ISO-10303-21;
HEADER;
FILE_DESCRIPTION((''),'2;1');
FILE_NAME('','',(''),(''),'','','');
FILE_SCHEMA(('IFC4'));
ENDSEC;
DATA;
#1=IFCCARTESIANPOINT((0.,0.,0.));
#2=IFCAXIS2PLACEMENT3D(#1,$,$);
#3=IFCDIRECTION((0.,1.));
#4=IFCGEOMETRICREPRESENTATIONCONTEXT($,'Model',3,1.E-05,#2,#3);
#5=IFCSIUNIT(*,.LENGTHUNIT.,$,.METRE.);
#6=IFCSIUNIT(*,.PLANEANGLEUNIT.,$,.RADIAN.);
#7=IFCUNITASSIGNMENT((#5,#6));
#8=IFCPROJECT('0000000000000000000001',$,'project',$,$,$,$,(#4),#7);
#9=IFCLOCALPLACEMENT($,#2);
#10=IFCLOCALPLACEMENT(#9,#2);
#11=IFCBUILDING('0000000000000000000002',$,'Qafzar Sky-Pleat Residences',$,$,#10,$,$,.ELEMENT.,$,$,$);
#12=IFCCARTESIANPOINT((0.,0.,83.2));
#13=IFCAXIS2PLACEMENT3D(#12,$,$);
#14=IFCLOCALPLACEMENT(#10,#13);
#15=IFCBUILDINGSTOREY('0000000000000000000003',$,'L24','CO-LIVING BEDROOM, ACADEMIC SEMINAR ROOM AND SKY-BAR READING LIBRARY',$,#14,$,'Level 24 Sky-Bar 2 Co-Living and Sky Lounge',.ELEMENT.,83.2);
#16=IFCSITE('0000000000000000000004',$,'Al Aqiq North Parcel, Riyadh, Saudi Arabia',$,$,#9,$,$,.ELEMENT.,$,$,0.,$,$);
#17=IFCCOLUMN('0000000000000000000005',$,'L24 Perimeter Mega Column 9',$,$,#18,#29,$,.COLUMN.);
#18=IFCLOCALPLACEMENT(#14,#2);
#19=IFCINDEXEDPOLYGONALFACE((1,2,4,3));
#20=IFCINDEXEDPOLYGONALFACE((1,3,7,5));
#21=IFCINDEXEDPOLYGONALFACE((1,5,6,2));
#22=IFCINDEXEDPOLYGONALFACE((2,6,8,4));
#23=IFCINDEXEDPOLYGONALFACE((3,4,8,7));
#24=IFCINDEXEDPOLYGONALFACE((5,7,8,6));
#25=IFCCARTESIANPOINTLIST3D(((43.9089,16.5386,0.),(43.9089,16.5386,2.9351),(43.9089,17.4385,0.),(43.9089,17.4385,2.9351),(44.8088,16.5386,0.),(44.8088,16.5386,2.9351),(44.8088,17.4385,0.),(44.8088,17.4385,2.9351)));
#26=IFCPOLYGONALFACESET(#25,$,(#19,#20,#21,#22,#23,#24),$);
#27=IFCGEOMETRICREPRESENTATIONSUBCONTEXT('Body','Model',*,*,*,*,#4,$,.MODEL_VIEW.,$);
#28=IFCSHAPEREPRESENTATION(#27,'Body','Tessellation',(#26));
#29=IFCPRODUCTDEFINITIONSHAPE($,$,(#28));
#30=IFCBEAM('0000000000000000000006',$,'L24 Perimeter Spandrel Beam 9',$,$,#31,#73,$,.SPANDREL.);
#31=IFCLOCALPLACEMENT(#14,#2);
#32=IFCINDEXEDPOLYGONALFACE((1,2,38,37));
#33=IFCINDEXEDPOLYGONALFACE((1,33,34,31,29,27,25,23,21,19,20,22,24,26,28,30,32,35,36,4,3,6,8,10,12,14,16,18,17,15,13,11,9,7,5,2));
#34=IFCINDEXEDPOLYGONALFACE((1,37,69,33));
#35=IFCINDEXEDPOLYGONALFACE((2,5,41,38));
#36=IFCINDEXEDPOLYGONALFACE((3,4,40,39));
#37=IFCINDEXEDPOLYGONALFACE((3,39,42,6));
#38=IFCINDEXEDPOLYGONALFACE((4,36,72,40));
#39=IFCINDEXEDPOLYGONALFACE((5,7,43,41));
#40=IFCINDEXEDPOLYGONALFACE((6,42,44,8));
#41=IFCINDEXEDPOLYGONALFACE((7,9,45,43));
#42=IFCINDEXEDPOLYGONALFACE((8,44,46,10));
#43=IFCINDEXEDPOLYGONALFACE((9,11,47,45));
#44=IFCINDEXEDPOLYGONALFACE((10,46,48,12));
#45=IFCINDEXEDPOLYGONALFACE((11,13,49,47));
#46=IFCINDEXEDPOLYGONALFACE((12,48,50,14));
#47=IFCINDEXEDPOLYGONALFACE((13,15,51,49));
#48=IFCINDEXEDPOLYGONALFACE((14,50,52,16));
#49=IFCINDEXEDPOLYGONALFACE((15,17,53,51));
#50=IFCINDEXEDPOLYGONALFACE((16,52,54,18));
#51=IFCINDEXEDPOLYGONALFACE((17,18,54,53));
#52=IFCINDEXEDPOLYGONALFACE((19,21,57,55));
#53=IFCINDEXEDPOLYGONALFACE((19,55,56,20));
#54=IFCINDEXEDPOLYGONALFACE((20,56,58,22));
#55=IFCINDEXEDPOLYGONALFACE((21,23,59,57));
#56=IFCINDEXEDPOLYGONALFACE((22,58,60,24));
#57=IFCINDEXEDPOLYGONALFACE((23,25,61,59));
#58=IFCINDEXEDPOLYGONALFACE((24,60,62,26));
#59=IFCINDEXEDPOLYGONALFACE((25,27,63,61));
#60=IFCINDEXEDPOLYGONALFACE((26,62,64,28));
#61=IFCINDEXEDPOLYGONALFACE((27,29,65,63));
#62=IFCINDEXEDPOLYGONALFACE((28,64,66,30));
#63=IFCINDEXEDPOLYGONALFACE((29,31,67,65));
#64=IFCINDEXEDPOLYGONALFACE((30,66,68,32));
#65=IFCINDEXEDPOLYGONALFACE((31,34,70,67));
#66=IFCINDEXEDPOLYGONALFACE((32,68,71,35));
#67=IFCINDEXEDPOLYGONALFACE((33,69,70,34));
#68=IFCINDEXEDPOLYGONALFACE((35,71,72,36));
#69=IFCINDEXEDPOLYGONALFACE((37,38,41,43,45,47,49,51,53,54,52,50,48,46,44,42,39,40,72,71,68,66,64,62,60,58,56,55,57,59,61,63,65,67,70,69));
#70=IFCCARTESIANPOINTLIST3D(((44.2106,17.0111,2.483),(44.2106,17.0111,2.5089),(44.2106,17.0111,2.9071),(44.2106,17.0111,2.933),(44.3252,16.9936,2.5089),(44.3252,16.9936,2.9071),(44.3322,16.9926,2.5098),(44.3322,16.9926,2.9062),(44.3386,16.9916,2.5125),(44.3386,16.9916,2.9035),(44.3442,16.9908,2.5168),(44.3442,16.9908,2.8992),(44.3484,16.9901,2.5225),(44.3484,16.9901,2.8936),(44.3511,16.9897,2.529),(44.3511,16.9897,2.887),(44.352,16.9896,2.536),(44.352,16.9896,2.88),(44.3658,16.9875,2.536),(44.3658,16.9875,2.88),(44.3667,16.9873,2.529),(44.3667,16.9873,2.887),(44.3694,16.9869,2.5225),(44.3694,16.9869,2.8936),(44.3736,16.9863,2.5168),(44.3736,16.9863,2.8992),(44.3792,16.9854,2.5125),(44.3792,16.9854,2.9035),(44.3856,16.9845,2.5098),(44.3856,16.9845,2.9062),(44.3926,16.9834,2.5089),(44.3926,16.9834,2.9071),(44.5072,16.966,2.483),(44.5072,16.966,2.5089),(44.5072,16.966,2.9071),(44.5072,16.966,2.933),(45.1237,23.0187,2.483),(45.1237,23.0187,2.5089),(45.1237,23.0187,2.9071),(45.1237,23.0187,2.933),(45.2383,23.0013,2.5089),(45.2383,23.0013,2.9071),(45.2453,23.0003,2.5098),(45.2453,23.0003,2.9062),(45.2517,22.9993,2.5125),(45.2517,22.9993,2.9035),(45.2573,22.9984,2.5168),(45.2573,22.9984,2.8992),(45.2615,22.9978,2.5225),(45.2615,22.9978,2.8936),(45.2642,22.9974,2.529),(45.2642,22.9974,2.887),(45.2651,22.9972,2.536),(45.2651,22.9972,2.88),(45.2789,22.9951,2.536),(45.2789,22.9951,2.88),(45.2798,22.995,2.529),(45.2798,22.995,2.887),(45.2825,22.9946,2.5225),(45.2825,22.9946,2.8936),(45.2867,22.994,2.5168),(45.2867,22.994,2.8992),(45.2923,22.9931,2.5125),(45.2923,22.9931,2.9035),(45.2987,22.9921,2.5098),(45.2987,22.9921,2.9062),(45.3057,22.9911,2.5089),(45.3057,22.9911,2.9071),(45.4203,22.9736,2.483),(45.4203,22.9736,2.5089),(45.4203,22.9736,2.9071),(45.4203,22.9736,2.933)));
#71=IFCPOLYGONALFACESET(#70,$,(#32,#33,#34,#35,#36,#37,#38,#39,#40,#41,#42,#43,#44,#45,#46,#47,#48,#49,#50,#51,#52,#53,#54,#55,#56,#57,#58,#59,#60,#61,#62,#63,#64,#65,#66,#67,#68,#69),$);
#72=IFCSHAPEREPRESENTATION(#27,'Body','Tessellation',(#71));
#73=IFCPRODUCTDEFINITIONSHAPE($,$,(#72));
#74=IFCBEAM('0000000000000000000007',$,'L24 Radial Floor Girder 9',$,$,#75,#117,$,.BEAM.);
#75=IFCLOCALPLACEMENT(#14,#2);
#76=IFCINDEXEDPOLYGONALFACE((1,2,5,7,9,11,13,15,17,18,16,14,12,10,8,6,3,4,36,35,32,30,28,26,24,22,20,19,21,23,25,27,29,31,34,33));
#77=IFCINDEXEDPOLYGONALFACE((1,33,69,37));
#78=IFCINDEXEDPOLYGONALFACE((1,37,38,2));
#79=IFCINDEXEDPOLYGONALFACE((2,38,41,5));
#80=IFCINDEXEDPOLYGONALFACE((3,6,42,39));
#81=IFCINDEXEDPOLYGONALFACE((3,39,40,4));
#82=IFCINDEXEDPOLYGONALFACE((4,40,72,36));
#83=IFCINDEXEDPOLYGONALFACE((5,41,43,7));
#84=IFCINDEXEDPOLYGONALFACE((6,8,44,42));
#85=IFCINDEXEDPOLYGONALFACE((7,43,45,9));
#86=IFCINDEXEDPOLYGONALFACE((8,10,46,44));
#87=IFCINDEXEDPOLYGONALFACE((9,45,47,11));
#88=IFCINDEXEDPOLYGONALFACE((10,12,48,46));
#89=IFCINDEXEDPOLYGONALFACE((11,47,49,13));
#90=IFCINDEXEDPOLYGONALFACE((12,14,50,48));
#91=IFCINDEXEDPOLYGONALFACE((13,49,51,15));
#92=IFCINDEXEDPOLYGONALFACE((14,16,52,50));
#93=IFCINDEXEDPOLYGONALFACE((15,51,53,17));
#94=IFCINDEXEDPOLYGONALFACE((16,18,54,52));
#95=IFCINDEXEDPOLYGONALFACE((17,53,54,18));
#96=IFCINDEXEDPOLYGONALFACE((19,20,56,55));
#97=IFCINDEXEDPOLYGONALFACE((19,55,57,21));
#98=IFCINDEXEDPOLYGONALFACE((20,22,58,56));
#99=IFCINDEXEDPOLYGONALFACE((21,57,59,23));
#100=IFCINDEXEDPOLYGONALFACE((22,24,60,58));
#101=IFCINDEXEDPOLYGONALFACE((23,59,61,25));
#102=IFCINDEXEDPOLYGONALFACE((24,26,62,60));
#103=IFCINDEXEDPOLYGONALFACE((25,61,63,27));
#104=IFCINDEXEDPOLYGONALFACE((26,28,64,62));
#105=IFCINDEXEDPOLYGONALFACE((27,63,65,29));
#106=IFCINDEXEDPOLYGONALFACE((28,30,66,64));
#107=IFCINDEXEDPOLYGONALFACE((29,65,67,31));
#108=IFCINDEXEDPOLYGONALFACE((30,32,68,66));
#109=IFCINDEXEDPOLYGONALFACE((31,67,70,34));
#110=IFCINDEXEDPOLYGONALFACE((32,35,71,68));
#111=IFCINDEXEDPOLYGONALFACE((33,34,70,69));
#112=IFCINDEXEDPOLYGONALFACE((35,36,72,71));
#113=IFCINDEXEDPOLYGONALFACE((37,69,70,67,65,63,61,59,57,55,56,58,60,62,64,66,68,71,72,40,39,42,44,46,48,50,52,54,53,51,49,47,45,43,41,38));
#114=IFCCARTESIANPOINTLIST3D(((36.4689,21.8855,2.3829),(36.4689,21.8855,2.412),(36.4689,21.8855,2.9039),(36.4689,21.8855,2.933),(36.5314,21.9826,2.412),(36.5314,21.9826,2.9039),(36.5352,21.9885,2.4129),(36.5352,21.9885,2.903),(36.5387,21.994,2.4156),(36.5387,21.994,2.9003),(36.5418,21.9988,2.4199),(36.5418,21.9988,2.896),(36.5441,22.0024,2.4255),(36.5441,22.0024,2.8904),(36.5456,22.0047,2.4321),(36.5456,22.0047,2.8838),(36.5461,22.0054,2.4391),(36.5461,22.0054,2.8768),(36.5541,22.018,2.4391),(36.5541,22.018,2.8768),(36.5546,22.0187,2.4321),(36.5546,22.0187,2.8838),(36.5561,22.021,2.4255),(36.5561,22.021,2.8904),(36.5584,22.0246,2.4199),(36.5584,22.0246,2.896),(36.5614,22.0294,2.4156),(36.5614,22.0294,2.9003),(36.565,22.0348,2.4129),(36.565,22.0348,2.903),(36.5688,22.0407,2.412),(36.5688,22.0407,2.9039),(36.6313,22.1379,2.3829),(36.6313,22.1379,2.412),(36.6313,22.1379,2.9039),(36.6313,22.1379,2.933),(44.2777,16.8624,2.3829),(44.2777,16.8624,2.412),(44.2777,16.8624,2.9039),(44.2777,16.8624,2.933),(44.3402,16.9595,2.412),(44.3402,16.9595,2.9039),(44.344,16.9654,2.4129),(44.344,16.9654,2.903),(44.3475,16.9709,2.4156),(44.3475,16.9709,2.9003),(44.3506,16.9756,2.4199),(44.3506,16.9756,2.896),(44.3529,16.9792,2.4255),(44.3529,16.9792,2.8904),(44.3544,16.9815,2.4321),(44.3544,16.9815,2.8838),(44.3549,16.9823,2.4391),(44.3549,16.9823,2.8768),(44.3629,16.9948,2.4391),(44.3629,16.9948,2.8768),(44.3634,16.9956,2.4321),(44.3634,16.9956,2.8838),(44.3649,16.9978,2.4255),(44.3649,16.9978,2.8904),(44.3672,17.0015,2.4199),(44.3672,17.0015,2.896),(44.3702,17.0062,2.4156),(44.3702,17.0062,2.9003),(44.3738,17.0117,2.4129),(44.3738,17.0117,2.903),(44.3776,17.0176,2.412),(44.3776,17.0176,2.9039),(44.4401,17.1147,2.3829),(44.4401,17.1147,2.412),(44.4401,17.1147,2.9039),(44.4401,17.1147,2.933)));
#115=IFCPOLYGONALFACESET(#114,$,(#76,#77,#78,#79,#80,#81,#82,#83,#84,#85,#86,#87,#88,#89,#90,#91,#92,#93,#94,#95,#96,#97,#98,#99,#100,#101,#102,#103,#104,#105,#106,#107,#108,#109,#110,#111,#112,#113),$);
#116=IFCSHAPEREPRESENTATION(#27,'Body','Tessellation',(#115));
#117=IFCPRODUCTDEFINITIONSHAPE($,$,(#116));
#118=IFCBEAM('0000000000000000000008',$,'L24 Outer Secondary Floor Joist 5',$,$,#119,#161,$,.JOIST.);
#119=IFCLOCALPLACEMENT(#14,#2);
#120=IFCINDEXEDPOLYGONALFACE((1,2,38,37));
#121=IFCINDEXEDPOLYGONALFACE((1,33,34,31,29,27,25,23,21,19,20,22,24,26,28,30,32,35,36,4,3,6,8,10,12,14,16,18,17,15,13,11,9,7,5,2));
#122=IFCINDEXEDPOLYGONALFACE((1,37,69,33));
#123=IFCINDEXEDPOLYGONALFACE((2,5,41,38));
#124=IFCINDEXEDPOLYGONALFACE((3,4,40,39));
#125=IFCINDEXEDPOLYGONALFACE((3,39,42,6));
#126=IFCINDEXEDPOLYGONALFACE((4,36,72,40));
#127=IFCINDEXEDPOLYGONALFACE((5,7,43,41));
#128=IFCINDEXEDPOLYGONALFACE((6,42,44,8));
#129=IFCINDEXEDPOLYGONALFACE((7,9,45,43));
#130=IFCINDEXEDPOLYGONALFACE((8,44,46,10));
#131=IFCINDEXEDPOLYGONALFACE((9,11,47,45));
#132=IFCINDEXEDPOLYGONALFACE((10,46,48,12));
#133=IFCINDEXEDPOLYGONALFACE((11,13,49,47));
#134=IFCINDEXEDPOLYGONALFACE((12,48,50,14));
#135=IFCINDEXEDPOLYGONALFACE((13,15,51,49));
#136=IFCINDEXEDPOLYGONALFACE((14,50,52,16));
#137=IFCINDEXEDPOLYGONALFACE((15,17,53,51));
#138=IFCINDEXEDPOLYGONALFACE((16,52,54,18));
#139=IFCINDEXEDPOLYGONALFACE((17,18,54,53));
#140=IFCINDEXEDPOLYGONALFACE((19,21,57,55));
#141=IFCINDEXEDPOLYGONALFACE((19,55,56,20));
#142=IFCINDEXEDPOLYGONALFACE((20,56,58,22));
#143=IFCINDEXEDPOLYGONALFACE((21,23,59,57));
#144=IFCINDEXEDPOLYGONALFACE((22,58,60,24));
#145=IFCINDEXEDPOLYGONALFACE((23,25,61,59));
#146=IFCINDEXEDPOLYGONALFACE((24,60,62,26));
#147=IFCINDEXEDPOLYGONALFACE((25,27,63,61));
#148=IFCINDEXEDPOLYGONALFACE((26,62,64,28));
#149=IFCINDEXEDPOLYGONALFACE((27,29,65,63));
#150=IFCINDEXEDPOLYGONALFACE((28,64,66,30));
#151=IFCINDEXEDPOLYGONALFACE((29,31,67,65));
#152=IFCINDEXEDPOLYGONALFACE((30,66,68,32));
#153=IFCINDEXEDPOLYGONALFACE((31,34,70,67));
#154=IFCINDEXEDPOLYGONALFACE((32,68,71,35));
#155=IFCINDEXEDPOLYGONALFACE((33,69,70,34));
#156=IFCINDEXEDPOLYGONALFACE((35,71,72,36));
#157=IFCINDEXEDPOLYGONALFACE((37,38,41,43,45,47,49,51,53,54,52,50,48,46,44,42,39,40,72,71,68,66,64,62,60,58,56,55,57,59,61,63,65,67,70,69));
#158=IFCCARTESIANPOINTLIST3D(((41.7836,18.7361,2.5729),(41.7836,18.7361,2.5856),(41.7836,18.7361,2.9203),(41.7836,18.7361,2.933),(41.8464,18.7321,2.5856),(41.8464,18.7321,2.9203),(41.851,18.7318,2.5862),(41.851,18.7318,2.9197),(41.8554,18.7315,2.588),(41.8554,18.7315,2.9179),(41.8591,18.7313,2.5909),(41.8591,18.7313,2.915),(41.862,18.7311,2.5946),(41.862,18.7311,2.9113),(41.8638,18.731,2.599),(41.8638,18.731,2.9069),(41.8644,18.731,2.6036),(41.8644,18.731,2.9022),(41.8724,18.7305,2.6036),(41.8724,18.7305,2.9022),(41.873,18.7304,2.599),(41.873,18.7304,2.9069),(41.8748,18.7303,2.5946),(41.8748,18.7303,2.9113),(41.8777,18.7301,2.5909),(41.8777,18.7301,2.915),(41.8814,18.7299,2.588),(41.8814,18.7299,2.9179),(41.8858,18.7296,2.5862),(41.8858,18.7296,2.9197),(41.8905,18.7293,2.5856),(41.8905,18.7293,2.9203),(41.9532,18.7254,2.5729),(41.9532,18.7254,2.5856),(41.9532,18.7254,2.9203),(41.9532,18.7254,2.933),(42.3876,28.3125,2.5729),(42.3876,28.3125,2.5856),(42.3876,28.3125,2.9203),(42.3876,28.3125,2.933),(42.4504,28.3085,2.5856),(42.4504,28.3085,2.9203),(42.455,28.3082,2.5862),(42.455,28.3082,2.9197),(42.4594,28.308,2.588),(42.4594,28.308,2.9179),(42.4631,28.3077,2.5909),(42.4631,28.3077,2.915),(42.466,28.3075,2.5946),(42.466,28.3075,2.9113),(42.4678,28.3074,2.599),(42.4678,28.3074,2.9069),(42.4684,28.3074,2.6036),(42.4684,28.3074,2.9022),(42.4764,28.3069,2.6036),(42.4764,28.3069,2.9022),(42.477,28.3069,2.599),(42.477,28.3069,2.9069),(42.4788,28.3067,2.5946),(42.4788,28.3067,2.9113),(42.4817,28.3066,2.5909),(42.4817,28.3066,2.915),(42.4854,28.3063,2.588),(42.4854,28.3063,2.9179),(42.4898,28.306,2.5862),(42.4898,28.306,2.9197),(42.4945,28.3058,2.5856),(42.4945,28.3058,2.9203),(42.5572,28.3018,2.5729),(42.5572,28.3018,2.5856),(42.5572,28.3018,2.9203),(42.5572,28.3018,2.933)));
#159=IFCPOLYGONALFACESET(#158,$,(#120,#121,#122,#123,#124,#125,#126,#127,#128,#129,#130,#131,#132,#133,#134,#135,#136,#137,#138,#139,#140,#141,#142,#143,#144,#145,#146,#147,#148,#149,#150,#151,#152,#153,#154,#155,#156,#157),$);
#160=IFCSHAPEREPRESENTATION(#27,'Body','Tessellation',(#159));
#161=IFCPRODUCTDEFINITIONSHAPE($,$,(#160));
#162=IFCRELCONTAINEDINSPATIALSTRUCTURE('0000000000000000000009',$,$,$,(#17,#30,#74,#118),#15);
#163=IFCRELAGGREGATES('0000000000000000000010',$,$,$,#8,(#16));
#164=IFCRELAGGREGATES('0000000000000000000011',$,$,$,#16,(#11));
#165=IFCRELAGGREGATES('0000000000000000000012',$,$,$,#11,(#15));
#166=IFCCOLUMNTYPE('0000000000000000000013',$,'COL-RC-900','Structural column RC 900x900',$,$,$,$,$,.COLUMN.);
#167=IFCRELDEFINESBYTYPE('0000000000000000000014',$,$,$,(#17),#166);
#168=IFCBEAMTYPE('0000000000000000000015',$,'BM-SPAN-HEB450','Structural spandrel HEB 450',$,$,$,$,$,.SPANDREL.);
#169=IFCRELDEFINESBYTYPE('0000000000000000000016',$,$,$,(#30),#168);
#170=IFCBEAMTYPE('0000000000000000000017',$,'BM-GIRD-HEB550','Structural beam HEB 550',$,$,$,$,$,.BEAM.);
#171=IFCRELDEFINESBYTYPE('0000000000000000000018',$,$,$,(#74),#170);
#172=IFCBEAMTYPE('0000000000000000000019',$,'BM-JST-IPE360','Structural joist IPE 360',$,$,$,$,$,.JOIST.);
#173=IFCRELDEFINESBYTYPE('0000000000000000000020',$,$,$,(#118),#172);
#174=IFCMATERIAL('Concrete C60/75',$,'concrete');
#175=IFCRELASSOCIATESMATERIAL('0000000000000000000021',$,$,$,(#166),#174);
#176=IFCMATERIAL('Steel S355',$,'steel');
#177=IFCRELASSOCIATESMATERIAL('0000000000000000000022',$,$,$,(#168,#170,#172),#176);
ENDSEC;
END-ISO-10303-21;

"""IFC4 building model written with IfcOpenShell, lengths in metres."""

from ifc_helpers import new_model, si_unit, direction, frame, origin, origin_2d, place, context, subcontext, project, spatial, rectangle, i_section, extrude, source, transform, mapped, material, material_profile, profile_set, type_object, element, save


model = new_model("IFC4")

# Units and contexts
model_context = context("Model", 3, precision=1e-05, world=origin(), true_north=direction((0.0, 1.0)))
body_context = subcontext(model_context, "Body", "Model", "MODEL_VIEW")
ifc_project = project(units=[si_unit("LENGTHUNIT", "METRE"), si_unit("PLANEANGLEUNIT", "RADIAN")], contexts=[model_context])

# Site, building, storey
site_placement = place(None, origin())
site = spatial("IfcSite", under=ifc_project, at=site_placement, Name="Al Aqiq North Parcel, Riyadh, Saudi Arabia", CompositionType="ELEMENT", RefElevation=0.0)
building_placement = place(site_placement, origin())
building = spatial("IfcBuilding", under=site, at=building_placement, Name="Qafzar Sky-Pleat Residences", CompositionType="ELEMENT")
storey_placement = place(building_placement, frame((0.0, 0.0, 83.2)))
storey = spatial("IfcBuildingStorey", under=building, at=storey_placement, Name="L24", Description="CO-LIVING BEDROOM, ACADEMIC SEMINAR ROOM AND SKY-BAR READING LIBRARY", LongName="Level 24 Sky-Bar 2 Co-Living and Sky Lounge", CompositionType="ELEMENT", Elevation=83.2)

# Column
ifc_material_1 = material(Name="Concrete C60/75", Category="concrete")
ifc_material_profile_1 = material_profile(ifc_material_1, rectangle(XDim=0.8999, YDim=0.8999, at=origin_2d()), Name="RC 900x900")
ifc_profile_set_1 = profile_set([ifc_material_profile_1], Name="Concrete C60/75")
column_type = type_object("IfcColumnType", Name="COL-RC-900", Description="Structural column RC 900x900", PredefinedType="COLUMN", material=ifc_profile_set_1)
shared_shape_1 = source(origin(), body_context, "Body", "SweptSolid", [
    extrude(rectangle(XDim=0.8999, YDim=0.8999, at=origin_2d()), origin(), (0.0, 0.0, 1.0), 2.9351),
])
column_placement = place(storey_placement, frame((44.3589, 16.9885, 0.0), z_axis=(0.0, 0.0, 1.0), x_axis=(1.0, 0.0, 0.0)))
element("IfcColumn", 1, at=column_placement, inside=storey, type_object=column_type, Name="L24 Perimeter Mega Column 9", PredefinedType="COLUMN", context=body_context, shape_type="MappedRepresentation", body=[
    mapped(shared_shape_1, transform((0.0, 0.0, 0.0), x_axis=(1.0, 0.0, 0.0), y_axis=(0.0, 1.0, 0.0), z_axis=(0.0, 0.0, 1.0), scale=1.0)),
])

# Beams
ifc_material_2 = material(Name="Steel S355", Category="steel")
ifc_material_profile_2 = material_profile(ifc_material_2, i_section(OverallWidth=0.3, OverallDepth=0.45, WebThickness=0.0139, FlangeThickness=0.0259, FilletRadius=0.0271, at=origin_2d()), Name="HEB 450")
ifc_profile_set_2 = profile_set([ifc_material_profile_2], Name="Steel S355")
beam_type_1 = type_object("IfcBeamType", Name="BM-SPAN-HEB450", Description="Structural spandrel HEB 450", PredefinedType="SPANDREL", material=ifc_profile_set_2)
shared_shape_2 = source(origin(), body_context, "Body", "SweptSolid", [
    extrude(i_section(OverallWidth=0.3, OverallDepth=0.45, WebThickness=0.0139, FlangeThickness=0.0259, FilletRadius=0.0271, at=origin_2d()), origin(), (0.0, 0.0, 1.0), 6.0767),
])
beam_1_placement = place(storey_placement, frame((44.3589, 16.9885, 2.708), z_axis=(0.150264, 0.988646, 0.0), x_axis=(-0.988646, 0.150264, 0.0)))
element("IfcBeam", 2, at=beam_1_placement, inside=storey, type_object=beam_type_1, Name="L24 Perimeter Spandrel Beam 9", PredefinedType="SPANDREL", context=body_context, shape_type="MappedRepresentation", body=[
    mapped(shared_shape_2, transform((0.0, 0.0, 0.0), x_axis=(1.0, 0.0, 0.0), y_axis=(0.0, 1.0, 0.0), z_axis=(0.0, 0.0, 1.0), scale=1.0)),
])
ifc_material_profile_3 = material_profile(ifc_material_2, i_section(OverallWidth=0.3, OverallDepth=0.55, WebThickness=0.0149, FlangeThickness=0.0291, FilletRadius=0.0271, at=origin_2d()), Name="HEB 550")
ifc_profile_set_3 = profile_set([ifc_material_profile_3], Name="Steel S355")
beam_type_2 = type_object("IfcBeamType", Name="BM-GIRD-HEB550", Description="Structural beam HEB 550", PredefinedType="BEAM", material=ifc_profile_set_3)
shared_shape_3 = source(origin(), body_context, "Body", "SweptSolid", [
    extrude(i_section(OverallWidth=0.3, OverallDepth=0.55, WebThickness=0.0149, FlangeThickness=0.0291, FilletRadius=0.0271, at=origin_2d()), origin(), (0.0, 0.0, 1.0), 9.2849),
])
beam_2_placement = place(storey_placement, frame((44.3589, 16.9885, 2.658), z_axis=(-0.84102, 0.541003, 0.0), x_axis=(-0.541003, -0.84102, 0.0)))
element("IfcBeam", 3, at=beam_2_placement, inside=storey, type_object=beam_type_2, Name="L24 Radial Floor Girder 9", PredefinedType="BEAM", context=body_context, shape_type="MappedRepresentation", body=[
    mapped(shared_shape_3, transform((0.0, 0.0, 0.0), x_axis=(1.0, 0.0, 0.0), y_axis=(0.0, 1.0, 0.0), z_axis=(0.0, 0.0, 1.0), scale=1.0)),
])
ifc_material_profile_4 = material_profile(ifc_material_2, i_section(OverallWidth=0.1699, OverallDepth=0.3601, WebThickness=0.0081, FlangeThickness=0.0127, FilletRadius=0.0181, at=origin_2d()), Name="IPE 360")
ifc_profile_set_4 = profile_set([ifc_material_profile_4], Name="Steel S355")
beam_type_3 = type_object("IfcBeamType", Name="BM-JST-IPE360", Description="Structural joist IPE 360", PredefinedType="JOIST", material=ifc_profile_set_4)
shared_shape_4 = source(origin(), body_context, "Body", "SweptSolid", [
    extrude(i_section(OverallWidth=0.1699, OverallDepth=0.3601, WebThickness=0.0081, FlangeThickness=0.0127, FilletRadius=0.0181, at=origin_2d()), origin(), (0.0, 0.0, 1.0), 9.5955),
])
beam_3_placement = place(storey_placement, frame((41.8684, 18.7307, 2.7529), z_axis=(0.062947, 0.998017, 0.0), x_axis=(-0.998017, 0.062947, 0.0)))
element("IfcBeam", 4, at=beam_3_placement, inside=storey, type_object=beam_type_3, Name="L24 Outer Secondary Floor Joist 5", PredefinedType="JOIST", context=body_context, shape_type="MappedRepresentation", body=[
    mapped(shared_shape_4, transform((0.0, 0.0, 0.0), x_axis=(1.0, 0.0, 0.0), y_axis=(0.0, 1.0, 0.0), z_axis=(0.0, 0.0, 1.0), scale=1.0)),
])

save(model, "model.ifc")
